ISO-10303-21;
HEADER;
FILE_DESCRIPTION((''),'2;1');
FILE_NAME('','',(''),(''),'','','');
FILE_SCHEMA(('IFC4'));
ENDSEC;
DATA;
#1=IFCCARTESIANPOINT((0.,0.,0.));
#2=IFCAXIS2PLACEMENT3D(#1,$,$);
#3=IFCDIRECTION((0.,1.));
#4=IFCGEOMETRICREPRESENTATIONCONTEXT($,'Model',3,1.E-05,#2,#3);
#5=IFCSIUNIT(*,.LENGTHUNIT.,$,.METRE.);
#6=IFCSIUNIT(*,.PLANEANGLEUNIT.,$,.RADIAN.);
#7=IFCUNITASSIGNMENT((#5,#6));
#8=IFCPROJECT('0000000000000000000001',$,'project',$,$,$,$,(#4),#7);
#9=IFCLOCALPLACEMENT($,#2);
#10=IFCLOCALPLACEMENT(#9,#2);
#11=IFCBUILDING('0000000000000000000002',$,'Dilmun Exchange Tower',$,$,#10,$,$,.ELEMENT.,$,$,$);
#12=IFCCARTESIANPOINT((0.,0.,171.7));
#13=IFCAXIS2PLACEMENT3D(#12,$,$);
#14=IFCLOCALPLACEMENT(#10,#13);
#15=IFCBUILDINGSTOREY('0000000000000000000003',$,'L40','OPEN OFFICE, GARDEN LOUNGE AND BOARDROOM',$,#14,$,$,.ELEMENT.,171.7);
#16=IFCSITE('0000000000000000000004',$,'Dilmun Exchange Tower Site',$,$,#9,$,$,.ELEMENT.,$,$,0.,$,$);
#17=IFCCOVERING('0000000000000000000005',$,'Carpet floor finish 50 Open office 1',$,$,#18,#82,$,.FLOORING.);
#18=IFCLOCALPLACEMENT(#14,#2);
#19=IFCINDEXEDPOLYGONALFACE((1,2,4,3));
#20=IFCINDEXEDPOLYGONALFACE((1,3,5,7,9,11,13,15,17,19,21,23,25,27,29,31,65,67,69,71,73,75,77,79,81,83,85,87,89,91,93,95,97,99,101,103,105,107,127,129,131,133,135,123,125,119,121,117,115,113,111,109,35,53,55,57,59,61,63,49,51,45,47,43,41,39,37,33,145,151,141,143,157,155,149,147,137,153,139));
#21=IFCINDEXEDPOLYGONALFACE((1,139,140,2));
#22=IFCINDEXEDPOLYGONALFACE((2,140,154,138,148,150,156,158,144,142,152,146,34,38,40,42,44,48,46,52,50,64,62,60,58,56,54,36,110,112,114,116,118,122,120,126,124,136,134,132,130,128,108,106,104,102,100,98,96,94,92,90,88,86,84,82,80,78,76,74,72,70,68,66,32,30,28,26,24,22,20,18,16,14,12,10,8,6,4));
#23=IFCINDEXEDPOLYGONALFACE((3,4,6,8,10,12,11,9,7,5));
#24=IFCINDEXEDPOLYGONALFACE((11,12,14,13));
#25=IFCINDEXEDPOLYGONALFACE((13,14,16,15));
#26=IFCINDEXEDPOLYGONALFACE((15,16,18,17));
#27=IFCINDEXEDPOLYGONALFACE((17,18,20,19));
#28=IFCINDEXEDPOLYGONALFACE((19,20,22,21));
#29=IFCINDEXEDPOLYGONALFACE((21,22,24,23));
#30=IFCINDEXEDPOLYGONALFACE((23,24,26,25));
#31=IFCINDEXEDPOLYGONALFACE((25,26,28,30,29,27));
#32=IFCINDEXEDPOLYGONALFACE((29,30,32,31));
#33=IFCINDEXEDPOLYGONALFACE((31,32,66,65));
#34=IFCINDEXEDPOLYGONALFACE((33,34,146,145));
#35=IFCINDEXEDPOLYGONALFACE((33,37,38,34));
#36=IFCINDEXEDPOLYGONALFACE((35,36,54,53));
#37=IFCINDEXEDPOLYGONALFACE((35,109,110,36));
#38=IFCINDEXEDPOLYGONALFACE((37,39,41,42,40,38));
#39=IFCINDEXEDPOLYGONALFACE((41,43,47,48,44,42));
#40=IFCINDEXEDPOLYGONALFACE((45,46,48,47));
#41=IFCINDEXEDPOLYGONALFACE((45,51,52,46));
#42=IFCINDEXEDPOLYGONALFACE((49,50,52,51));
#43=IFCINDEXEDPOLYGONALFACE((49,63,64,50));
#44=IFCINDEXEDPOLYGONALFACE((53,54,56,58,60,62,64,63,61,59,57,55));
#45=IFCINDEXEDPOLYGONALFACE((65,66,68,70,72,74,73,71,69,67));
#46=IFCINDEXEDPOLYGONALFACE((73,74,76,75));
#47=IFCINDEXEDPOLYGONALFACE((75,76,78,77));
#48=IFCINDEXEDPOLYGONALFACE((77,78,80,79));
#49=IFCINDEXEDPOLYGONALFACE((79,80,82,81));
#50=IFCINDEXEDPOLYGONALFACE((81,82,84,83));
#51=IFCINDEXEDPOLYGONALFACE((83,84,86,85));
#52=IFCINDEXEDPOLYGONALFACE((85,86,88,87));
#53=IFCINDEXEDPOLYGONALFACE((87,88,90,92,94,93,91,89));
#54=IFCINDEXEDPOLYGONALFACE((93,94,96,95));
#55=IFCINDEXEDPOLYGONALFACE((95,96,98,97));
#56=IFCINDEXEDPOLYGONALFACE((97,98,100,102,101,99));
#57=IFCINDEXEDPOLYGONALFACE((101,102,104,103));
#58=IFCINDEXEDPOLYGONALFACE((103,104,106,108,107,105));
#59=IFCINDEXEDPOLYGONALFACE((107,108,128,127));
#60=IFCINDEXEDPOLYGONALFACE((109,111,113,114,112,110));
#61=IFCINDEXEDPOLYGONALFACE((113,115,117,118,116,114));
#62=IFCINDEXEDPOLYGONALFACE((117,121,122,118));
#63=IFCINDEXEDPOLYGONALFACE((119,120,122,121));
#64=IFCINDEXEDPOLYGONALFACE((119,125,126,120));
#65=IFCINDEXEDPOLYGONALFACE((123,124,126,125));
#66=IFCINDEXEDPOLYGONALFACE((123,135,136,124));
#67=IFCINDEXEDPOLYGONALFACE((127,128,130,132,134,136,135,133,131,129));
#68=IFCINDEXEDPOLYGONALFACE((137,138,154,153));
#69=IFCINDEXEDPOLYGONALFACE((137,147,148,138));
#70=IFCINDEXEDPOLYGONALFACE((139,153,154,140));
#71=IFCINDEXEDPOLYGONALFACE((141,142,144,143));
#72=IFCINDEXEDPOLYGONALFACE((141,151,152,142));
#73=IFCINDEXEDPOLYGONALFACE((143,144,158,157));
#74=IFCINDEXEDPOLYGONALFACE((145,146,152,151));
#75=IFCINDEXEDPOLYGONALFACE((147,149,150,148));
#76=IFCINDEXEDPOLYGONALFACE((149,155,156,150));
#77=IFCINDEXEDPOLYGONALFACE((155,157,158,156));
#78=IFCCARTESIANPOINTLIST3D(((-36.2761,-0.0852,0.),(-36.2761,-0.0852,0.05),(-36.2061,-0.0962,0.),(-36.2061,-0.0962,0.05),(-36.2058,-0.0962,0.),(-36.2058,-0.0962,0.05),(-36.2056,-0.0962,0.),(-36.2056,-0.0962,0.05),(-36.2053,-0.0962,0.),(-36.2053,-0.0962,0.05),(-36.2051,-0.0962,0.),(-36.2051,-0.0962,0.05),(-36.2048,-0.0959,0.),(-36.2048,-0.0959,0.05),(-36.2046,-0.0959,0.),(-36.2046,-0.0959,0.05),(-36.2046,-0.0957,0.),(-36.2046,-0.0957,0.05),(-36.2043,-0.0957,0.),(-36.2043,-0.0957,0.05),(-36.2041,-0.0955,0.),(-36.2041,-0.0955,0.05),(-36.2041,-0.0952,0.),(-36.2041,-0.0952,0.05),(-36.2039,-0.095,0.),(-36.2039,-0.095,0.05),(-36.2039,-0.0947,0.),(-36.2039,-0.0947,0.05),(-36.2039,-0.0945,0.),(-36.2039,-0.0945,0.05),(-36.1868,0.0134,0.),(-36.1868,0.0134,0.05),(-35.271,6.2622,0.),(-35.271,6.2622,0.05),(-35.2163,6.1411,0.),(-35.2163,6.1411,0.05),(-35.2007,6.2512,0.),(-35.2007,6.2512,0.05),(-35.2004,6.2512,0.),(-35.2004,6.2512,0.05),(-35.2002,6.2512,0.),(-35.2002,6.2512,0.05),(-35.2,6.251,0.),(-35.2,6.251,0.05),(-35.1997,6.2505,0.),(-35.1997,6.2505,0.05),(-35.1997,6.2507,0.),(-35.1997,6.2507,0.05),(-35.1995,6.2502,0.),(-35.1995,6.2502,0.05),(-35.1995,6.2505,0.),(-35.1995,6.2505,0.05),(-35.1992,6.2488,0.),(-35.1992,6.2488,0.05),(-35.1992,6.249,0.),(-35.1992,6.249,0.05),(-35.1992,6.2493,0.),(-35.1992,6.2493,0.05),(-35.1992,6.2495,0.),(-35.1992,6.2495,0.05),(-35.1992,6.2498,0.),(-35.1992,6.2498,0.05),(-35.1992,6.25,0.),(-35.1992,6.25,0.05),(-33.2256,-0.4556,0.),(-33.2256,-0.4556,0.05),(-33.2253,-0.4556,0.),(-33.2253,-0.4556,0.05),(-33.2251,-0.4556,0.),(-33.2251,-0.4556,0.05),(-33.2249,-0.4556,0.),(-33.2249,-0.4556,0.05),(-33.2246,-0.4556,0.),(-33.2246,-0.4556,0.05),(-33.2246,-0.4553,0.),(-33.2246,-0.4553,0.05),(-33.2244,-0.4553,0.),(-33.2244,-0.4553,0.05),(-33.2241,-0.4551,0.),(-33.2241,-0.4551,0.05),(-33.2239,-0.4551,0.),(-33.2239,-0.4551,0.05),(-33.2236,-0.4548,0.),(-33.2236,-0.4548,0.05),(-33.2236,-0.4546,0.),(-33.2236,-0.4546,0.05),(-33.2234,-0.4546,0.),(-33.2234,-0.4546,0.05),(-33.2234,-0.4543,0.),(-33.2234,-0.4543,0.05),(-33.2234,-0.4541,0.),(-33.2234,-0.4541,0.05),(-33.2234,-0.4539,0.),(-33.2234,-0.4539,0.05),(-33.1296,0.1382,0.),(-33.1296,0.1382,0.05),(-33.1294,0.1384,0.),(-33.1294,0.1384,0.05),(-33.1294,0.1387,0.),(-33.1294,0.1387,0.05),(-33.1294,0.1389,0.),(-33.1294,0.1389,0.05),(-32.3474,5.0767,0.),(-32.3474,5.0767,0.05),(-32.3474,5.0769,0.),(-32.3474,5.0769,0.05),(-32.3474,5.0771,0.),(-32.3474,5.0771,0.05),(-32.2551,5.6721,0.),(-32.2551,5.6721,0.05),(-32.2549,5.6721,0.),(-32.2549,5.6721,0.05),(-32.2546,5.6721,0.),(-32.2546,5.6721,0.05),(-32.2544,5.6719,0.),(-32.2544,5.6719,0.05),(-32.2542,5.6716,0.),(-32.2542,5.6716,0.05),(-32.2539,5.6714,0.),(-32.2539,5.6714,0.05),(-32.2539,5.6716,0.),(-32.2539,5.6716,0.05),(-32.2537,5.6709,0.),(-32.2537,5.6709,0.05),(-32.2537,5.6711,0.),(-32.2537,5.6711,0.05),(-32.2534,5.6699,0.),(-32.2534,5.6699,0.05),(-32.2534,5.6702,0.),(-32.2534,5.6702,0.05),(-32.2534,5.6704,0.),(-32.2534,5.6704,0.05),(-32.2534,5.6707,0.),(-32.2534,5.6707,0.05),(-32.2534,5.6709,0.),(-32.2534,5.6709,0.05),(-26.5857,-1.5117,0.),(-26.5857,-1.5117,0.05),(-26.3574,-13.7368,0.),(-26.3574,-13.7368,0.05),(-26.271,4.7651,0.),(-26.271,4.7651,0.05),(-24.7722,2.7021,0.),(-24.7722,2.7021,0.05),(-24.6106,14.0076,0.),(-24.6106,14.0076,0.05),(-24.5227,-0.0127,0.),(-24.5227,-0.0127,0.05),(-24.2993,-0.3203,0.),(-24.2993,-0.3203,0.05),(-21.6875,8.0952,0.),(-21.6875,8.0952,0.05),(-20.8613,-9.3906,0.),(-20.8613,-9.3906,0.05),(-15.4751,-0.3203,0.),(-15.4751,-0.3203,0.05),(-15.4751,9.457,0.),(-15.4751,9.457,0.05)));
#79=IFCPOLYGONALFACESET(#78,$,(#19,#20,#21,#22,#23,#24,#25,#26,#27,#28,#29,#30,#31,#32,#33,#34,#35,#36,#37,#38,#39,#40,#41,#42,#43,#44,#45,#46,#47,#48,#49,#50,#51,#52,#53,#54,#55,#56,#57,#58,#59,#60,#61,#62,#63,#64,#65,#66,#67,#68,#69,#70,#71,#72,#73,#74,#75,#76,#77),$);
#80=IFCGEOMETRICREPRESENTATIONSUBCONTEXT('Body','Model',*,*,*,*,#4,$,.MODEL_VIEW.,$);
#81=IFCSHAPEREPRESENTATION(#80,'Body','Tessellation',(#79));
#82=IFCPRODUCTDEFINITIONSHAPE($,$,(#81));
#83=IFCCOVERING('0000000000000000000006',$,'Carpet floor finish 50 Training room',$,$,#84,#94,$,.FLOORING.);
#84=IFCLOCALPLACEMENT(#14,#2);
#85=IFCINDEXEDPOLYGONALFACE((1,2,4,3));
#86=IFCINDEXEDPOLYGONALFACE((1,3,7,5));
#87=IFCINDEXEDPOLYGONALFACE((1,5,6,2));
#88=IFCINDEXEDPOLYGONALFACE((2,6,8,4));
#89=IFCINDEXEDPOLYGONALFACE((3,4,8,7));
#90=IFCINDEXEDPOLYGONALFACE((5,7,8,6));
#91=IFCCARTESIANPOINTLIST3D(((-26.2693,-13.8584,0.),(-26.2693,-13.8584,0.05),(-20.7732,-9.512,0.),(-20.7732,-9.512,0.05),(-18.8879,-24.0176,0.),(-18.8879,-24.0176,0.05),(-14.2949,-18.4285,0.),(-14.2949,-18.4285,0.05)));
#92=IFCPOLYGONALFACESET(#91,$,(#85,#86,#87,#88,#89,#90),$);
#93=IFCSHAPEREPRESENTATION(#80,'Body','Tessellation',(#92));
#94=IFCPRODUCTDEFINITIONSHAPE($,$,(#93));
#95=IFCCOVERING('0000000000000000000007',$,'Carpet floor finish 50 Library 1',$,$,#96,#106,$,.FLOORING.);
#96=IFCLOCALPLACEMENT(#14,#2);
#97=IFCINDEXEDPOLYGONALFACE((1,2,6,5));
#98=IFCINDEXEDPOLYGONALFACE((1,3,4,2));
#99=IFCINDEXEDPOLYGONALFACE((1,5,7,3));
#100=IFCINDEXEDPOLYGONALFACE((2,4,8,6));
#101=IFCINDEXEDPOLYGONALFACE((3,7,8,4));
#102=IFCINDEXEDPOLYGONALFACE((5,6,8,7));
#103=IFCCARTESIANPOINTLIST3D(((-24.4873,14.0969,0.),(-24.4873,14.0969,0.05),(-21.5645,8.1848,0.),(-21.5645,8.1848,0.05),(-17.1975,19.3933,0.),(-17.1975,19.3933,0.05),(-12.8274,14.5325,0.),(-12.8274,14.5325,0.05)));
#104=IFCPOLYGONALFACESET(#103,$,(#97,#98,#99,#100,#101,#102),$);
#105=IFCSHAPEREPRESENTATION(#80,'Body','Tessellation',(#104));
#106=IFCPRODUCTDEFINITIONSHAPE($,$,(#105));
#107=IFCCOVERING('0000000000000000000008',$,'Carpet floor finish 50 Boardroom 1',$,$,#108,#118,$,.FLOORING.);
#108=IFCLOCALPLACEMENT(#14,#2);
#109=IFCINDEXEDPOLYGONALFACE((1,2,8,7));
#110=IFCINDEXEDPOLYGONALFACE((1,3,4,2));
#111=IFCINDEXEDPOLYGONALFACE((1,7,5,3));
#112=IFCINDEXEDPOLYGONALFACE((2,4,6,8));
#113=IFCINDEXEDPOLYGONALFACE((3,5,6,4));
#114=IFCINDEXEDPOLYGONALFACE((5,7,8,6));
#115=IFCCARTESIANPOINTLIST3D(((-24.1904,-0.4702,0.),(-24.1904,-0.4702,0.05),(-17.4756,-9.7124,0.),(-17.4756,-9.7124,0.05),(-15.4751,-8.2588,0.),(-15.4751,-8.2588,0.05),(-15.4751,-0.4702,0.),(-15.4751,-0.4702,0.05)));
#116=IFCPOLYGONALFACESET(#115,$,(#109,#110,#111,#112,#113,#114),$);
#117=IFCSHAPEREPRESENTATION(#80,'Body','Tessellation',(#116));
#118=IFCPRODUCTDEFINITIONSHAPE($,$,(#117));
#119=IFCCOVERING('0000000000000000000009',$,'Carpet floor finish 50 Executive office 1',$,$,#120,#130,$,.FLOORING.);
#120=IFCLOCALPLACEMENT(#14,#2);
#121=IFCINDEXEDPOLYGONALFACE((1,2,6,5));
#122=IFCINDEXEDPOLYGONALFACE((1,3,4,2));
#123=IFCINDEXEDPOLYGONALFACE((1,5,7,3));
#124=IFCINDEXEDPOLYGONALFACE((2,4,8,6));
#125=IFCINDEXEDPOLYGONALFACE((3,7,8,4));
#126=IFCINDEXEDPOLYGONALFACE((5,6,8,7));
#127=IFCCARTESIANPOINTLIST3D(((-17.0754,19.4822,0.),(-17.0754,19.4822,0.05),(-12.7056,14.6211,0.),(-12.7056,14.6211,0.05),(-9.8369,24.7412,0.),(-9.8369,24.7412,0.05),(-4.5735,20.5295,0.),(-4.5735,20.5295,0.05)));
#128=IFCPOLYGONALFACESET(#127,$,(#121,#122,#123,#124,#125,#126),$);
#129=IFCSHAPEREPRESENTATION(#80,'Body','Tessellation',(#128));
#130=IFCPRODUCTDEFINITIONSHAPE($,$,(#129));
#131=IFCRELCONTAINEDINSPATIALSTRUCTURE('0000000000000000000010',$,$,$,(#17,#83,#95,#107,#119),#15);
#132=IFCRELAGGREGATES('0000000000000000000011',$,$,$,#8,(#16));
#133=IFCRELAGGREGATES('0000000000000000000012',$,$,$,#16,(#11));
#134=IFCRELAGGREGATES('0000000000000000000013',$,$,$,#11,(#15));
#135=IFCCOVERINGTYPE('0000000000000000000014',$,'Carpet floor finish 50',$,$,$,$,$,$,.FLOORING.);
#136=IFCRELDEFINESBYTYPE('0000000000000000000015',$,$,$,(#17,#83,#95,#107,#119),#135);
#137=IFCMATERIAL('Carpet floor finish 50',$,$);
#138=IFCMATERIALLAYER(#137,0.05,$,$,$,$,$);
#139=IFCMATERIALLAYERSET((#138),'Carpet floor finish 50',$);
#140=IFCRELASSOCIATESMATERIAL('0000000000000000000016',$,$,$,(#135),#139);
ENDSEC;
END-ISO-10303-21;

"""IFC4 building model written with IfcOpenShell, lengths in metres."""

from ifc_helpers import new_model, si_unit, direction, frame, origin, place, context, subcontext, project, spatial, polyline, outline, extrude, material, layer, layer_set, type_object, element, save


model = new_model("IFC4")

# Units and contexts
model_context = context("Model", 3, precision=1e-05, world=origin(), true_north=direction((0.0, 1.0)))
body_context = subcontext(model_context, "Body", "Model", "MODEL_VIEW")
ifc_project = project(units=[si_unit("LENGTHUNIT", "METRE"), si_unit("PLANEANGLEUNIT", "RADIAN")], contexts=[model_context])

# Site, building, storey
site_placement = place(None, origin())
site = spatial("IfcSite", under=ifc_project, at=site_placement, Name="Dilmun Exchange Tower Site", CompositionType="ELEMENT", RefElevation=0.0)
building_placement = place(site_placement, origin())
building = spatial("IfcBuilding", under=site, at=building_placement, Name="Dilmun Exchange Tower", CompositionType="ELEMENT")
storey_placement = place(building_placement, frame((0.0, 0.0, 171.7)))
storey = spatial("IfcBuildingStorey", under=building, at=storey_placement, Name="L40", Description="OPEN OFFICE, GARDEN LOUNGE AND BOARDROOM", CompositionType="ELEMENT", Elevation=171.7)

# Coverings
ifc_material_1 = material(Name="Carpet floor finish 50")
ifc_layer_1 = layer(ifc_material_1, 0.05)
ifc_layer_set_1 = layer_set([ifc_layer_1], Name="Carpet floor finish 50")
covering_type_1 = type_object("IfcCoveringType", Name="Carpet floor finish 50", PredefinedType="FLOORING", material=ifc_layer_set_1)
covering_1_placement = place(storey_placement, origin())
element("IfcCovering", 1, at=covering_1_placement, inside=storey, type_object=covering_type_1, Name="Carpet floor finish 50 Open office 1", PredefinedType="FLOORING", context=body_context, shape_type="SweptSolid", body=[
    extrude(outline(polyline([(-21.6875, 8.0952), (-26.271, 4.7651), (-24.7722, 2.7021), (-15.4751, 9.457), (-15.4751, -0.3203), (-24.2993, -0.3203), (-24.5227, -0.0127), (-26.5857, -1.5117), (-20.8613, -9.3906), (-26.3574, -13.7368), (-36.2761, -0.0852), (-36.2061, -0.0962), (-36.2058, -0.0962), (-36.2058, -0.0962), (-36.2056, -0.0962), (-36.2053, -0.0962), (-36.2051, -0.0962), (-36.2051, -0.0962), (-36.2048, -0.0959), (-36.2046, -0.0959), (-36.2046, -0.0957), (-36.2043, -0.0957), (-36.2041, -0.0955), (-36.2041, -0.0952), (-36.2041, -0.0952), (-36.2039, -0.095), (-36.2039, -0.0947), (-36.2039, -0.0945), (-36.1868, 0.0134), (-33.2256, -0.4556), (-33.2253, -0.4556), (-33.2253, -0.4556), (-33.2251, -0.4556), (-33.2249, -0.4556), (-33.2246, -0.4556), (-33.2246, -0.4553), (-33.2244, -0.4553), (-33.2241, -0.4551), (-33.2241, -0.4551), (-33.2239, -0.4551), (-33.2236, -0.4548), (-33.2236, -0.4546), (-33.2234, -0.4546), (-33.2234, -0.4543), (-33.2234, -0.4541), (-33.2234, -0.4539), (-33.1296, 0.1382), (-33.1294, 0.1384), (-33.1294, 0.1387), (-33.1294, 0.1389), (-32.3474, 5.0767), (-32.3474, 5.0769), (-32.3474, 5.0769), (-32.3474, 5.0771), (-32.2534, 5.6699), (-32.2534, 5.6699), (-32.2534, 5.6702), (-32.2534, 5.6704), (-32.2534, 5.6707), (-32.2534, 5.6709), (-32.2537, 5.6709), (-32.2537, 5.6711), (-32.2539, 5.6714), (-32.2539, 5.6714), (-32.2539, 5.6716), (-32.2542, 5.6716), (-32.2544, 5.6719), (-32.2544, 5.6719), (-32.2546, 5.6721), (-32.2549, 5.6721), (-32.2551, 5.6721), (-35.2163, 6.1411), (-35.1992, 6.2488), (-35.1992, 6.249), (-35.1992, 6.2493), (-35.1992, 6.2495), (-35.1992, 6.2498), (-35.1992, 6.25), (-35.1992, 6.25), (-35.1995, 6.2502), (-35.1995, 6.2505), (-35.1997, 6.2505), (-35.1997, 6.2507), (-35.2, 6.251), (-35.2, 6.251), (-35.2002, 6.2512), (-35.2004, 6.2512), (-35.2007, 6.2512), (-35.2007, 6.2512), (-35.271, 6.2622), (-24.6106, 14.0076), (-21.6875, 8.0952)])), origin(), (0.0, 0.0, 1.0), 0.05),
])
covering_2_placement = place(storey_placement, origin())
element("IfcCovering", 2, at=covering_2_placement, inside=storey, type_object=covering_type_1, Name="Carpet floor finish 50 Training room", PredefinedType="FLOORING", context=body_context, shape_type="SweptSolid", body=[
    extrude(outline(polyline([(-20.7732, -9.512), (-14.2949, -18.4285), (-18.8879, -24.0176), (-26.2693, -13.8584), (-20.7732, -9.512)])), origin(), (0.0, 0.0, 1.0), 0.05),
])
covering_3_placement = place(storey_placement, origin())
element("IfcCovering", 3, at=covering_3_placement, inside=storey, type_object=covering_type_1, Name="Carpet floor finish 50 Library 1", PredefinedType="FLOORING", context=body_context, shape_type="SweptSolid", body=[
    extrude(outline(polyline([(-24.4873, 14.0969), (-17.1975, 19.3933), (-12.8274, 14.5325), (-21.5645, 8.1848), (-24.4873, 14.0969)])), origin(), (0.0, 0.0, 1.0), 0.05),
])
covering_4_placement = place(storey_placement, origin())
element("IfcCovering", 4, at=covering_4_placement, inside=storey, type_object=covering_type_1, Name="Carpet floor finish 50 Boardroom 1", PredefinedType="FLOORING", context=body_context, shape_type="SweptSolid", body=[
    extrude(outline(polyline([(-17.4756, -9.7124), (-24.1904, -0.4702), (-15.4751, -0.4702), (-15.4751, -8.2588), (-17.4756, -9.7124)])), origin(), (0.0, 0.0, 1.0), 0.05),
])
covering_5_placement = place(storey_placement, origin())
element("IfcCovering", 5, at=covering_5_placement, inside=storey, type_object=covering_type_1, Name="Carpet floor finish 50 Executive office 1", PredefinedType="FLOORING", context=body_context, shape_type="SweptSolid", body=[
    extrude(outline(polyline([(-12.7056, 14.6211), (-17.0754, 19.4822), (-9.8369, 24.7412), (-4.5735, 20.5295), (-12.7056, 14.6211)])), origin(), (0.0, 0.0, 1.0), 0.05),
])

save(model, "model.ifc")
